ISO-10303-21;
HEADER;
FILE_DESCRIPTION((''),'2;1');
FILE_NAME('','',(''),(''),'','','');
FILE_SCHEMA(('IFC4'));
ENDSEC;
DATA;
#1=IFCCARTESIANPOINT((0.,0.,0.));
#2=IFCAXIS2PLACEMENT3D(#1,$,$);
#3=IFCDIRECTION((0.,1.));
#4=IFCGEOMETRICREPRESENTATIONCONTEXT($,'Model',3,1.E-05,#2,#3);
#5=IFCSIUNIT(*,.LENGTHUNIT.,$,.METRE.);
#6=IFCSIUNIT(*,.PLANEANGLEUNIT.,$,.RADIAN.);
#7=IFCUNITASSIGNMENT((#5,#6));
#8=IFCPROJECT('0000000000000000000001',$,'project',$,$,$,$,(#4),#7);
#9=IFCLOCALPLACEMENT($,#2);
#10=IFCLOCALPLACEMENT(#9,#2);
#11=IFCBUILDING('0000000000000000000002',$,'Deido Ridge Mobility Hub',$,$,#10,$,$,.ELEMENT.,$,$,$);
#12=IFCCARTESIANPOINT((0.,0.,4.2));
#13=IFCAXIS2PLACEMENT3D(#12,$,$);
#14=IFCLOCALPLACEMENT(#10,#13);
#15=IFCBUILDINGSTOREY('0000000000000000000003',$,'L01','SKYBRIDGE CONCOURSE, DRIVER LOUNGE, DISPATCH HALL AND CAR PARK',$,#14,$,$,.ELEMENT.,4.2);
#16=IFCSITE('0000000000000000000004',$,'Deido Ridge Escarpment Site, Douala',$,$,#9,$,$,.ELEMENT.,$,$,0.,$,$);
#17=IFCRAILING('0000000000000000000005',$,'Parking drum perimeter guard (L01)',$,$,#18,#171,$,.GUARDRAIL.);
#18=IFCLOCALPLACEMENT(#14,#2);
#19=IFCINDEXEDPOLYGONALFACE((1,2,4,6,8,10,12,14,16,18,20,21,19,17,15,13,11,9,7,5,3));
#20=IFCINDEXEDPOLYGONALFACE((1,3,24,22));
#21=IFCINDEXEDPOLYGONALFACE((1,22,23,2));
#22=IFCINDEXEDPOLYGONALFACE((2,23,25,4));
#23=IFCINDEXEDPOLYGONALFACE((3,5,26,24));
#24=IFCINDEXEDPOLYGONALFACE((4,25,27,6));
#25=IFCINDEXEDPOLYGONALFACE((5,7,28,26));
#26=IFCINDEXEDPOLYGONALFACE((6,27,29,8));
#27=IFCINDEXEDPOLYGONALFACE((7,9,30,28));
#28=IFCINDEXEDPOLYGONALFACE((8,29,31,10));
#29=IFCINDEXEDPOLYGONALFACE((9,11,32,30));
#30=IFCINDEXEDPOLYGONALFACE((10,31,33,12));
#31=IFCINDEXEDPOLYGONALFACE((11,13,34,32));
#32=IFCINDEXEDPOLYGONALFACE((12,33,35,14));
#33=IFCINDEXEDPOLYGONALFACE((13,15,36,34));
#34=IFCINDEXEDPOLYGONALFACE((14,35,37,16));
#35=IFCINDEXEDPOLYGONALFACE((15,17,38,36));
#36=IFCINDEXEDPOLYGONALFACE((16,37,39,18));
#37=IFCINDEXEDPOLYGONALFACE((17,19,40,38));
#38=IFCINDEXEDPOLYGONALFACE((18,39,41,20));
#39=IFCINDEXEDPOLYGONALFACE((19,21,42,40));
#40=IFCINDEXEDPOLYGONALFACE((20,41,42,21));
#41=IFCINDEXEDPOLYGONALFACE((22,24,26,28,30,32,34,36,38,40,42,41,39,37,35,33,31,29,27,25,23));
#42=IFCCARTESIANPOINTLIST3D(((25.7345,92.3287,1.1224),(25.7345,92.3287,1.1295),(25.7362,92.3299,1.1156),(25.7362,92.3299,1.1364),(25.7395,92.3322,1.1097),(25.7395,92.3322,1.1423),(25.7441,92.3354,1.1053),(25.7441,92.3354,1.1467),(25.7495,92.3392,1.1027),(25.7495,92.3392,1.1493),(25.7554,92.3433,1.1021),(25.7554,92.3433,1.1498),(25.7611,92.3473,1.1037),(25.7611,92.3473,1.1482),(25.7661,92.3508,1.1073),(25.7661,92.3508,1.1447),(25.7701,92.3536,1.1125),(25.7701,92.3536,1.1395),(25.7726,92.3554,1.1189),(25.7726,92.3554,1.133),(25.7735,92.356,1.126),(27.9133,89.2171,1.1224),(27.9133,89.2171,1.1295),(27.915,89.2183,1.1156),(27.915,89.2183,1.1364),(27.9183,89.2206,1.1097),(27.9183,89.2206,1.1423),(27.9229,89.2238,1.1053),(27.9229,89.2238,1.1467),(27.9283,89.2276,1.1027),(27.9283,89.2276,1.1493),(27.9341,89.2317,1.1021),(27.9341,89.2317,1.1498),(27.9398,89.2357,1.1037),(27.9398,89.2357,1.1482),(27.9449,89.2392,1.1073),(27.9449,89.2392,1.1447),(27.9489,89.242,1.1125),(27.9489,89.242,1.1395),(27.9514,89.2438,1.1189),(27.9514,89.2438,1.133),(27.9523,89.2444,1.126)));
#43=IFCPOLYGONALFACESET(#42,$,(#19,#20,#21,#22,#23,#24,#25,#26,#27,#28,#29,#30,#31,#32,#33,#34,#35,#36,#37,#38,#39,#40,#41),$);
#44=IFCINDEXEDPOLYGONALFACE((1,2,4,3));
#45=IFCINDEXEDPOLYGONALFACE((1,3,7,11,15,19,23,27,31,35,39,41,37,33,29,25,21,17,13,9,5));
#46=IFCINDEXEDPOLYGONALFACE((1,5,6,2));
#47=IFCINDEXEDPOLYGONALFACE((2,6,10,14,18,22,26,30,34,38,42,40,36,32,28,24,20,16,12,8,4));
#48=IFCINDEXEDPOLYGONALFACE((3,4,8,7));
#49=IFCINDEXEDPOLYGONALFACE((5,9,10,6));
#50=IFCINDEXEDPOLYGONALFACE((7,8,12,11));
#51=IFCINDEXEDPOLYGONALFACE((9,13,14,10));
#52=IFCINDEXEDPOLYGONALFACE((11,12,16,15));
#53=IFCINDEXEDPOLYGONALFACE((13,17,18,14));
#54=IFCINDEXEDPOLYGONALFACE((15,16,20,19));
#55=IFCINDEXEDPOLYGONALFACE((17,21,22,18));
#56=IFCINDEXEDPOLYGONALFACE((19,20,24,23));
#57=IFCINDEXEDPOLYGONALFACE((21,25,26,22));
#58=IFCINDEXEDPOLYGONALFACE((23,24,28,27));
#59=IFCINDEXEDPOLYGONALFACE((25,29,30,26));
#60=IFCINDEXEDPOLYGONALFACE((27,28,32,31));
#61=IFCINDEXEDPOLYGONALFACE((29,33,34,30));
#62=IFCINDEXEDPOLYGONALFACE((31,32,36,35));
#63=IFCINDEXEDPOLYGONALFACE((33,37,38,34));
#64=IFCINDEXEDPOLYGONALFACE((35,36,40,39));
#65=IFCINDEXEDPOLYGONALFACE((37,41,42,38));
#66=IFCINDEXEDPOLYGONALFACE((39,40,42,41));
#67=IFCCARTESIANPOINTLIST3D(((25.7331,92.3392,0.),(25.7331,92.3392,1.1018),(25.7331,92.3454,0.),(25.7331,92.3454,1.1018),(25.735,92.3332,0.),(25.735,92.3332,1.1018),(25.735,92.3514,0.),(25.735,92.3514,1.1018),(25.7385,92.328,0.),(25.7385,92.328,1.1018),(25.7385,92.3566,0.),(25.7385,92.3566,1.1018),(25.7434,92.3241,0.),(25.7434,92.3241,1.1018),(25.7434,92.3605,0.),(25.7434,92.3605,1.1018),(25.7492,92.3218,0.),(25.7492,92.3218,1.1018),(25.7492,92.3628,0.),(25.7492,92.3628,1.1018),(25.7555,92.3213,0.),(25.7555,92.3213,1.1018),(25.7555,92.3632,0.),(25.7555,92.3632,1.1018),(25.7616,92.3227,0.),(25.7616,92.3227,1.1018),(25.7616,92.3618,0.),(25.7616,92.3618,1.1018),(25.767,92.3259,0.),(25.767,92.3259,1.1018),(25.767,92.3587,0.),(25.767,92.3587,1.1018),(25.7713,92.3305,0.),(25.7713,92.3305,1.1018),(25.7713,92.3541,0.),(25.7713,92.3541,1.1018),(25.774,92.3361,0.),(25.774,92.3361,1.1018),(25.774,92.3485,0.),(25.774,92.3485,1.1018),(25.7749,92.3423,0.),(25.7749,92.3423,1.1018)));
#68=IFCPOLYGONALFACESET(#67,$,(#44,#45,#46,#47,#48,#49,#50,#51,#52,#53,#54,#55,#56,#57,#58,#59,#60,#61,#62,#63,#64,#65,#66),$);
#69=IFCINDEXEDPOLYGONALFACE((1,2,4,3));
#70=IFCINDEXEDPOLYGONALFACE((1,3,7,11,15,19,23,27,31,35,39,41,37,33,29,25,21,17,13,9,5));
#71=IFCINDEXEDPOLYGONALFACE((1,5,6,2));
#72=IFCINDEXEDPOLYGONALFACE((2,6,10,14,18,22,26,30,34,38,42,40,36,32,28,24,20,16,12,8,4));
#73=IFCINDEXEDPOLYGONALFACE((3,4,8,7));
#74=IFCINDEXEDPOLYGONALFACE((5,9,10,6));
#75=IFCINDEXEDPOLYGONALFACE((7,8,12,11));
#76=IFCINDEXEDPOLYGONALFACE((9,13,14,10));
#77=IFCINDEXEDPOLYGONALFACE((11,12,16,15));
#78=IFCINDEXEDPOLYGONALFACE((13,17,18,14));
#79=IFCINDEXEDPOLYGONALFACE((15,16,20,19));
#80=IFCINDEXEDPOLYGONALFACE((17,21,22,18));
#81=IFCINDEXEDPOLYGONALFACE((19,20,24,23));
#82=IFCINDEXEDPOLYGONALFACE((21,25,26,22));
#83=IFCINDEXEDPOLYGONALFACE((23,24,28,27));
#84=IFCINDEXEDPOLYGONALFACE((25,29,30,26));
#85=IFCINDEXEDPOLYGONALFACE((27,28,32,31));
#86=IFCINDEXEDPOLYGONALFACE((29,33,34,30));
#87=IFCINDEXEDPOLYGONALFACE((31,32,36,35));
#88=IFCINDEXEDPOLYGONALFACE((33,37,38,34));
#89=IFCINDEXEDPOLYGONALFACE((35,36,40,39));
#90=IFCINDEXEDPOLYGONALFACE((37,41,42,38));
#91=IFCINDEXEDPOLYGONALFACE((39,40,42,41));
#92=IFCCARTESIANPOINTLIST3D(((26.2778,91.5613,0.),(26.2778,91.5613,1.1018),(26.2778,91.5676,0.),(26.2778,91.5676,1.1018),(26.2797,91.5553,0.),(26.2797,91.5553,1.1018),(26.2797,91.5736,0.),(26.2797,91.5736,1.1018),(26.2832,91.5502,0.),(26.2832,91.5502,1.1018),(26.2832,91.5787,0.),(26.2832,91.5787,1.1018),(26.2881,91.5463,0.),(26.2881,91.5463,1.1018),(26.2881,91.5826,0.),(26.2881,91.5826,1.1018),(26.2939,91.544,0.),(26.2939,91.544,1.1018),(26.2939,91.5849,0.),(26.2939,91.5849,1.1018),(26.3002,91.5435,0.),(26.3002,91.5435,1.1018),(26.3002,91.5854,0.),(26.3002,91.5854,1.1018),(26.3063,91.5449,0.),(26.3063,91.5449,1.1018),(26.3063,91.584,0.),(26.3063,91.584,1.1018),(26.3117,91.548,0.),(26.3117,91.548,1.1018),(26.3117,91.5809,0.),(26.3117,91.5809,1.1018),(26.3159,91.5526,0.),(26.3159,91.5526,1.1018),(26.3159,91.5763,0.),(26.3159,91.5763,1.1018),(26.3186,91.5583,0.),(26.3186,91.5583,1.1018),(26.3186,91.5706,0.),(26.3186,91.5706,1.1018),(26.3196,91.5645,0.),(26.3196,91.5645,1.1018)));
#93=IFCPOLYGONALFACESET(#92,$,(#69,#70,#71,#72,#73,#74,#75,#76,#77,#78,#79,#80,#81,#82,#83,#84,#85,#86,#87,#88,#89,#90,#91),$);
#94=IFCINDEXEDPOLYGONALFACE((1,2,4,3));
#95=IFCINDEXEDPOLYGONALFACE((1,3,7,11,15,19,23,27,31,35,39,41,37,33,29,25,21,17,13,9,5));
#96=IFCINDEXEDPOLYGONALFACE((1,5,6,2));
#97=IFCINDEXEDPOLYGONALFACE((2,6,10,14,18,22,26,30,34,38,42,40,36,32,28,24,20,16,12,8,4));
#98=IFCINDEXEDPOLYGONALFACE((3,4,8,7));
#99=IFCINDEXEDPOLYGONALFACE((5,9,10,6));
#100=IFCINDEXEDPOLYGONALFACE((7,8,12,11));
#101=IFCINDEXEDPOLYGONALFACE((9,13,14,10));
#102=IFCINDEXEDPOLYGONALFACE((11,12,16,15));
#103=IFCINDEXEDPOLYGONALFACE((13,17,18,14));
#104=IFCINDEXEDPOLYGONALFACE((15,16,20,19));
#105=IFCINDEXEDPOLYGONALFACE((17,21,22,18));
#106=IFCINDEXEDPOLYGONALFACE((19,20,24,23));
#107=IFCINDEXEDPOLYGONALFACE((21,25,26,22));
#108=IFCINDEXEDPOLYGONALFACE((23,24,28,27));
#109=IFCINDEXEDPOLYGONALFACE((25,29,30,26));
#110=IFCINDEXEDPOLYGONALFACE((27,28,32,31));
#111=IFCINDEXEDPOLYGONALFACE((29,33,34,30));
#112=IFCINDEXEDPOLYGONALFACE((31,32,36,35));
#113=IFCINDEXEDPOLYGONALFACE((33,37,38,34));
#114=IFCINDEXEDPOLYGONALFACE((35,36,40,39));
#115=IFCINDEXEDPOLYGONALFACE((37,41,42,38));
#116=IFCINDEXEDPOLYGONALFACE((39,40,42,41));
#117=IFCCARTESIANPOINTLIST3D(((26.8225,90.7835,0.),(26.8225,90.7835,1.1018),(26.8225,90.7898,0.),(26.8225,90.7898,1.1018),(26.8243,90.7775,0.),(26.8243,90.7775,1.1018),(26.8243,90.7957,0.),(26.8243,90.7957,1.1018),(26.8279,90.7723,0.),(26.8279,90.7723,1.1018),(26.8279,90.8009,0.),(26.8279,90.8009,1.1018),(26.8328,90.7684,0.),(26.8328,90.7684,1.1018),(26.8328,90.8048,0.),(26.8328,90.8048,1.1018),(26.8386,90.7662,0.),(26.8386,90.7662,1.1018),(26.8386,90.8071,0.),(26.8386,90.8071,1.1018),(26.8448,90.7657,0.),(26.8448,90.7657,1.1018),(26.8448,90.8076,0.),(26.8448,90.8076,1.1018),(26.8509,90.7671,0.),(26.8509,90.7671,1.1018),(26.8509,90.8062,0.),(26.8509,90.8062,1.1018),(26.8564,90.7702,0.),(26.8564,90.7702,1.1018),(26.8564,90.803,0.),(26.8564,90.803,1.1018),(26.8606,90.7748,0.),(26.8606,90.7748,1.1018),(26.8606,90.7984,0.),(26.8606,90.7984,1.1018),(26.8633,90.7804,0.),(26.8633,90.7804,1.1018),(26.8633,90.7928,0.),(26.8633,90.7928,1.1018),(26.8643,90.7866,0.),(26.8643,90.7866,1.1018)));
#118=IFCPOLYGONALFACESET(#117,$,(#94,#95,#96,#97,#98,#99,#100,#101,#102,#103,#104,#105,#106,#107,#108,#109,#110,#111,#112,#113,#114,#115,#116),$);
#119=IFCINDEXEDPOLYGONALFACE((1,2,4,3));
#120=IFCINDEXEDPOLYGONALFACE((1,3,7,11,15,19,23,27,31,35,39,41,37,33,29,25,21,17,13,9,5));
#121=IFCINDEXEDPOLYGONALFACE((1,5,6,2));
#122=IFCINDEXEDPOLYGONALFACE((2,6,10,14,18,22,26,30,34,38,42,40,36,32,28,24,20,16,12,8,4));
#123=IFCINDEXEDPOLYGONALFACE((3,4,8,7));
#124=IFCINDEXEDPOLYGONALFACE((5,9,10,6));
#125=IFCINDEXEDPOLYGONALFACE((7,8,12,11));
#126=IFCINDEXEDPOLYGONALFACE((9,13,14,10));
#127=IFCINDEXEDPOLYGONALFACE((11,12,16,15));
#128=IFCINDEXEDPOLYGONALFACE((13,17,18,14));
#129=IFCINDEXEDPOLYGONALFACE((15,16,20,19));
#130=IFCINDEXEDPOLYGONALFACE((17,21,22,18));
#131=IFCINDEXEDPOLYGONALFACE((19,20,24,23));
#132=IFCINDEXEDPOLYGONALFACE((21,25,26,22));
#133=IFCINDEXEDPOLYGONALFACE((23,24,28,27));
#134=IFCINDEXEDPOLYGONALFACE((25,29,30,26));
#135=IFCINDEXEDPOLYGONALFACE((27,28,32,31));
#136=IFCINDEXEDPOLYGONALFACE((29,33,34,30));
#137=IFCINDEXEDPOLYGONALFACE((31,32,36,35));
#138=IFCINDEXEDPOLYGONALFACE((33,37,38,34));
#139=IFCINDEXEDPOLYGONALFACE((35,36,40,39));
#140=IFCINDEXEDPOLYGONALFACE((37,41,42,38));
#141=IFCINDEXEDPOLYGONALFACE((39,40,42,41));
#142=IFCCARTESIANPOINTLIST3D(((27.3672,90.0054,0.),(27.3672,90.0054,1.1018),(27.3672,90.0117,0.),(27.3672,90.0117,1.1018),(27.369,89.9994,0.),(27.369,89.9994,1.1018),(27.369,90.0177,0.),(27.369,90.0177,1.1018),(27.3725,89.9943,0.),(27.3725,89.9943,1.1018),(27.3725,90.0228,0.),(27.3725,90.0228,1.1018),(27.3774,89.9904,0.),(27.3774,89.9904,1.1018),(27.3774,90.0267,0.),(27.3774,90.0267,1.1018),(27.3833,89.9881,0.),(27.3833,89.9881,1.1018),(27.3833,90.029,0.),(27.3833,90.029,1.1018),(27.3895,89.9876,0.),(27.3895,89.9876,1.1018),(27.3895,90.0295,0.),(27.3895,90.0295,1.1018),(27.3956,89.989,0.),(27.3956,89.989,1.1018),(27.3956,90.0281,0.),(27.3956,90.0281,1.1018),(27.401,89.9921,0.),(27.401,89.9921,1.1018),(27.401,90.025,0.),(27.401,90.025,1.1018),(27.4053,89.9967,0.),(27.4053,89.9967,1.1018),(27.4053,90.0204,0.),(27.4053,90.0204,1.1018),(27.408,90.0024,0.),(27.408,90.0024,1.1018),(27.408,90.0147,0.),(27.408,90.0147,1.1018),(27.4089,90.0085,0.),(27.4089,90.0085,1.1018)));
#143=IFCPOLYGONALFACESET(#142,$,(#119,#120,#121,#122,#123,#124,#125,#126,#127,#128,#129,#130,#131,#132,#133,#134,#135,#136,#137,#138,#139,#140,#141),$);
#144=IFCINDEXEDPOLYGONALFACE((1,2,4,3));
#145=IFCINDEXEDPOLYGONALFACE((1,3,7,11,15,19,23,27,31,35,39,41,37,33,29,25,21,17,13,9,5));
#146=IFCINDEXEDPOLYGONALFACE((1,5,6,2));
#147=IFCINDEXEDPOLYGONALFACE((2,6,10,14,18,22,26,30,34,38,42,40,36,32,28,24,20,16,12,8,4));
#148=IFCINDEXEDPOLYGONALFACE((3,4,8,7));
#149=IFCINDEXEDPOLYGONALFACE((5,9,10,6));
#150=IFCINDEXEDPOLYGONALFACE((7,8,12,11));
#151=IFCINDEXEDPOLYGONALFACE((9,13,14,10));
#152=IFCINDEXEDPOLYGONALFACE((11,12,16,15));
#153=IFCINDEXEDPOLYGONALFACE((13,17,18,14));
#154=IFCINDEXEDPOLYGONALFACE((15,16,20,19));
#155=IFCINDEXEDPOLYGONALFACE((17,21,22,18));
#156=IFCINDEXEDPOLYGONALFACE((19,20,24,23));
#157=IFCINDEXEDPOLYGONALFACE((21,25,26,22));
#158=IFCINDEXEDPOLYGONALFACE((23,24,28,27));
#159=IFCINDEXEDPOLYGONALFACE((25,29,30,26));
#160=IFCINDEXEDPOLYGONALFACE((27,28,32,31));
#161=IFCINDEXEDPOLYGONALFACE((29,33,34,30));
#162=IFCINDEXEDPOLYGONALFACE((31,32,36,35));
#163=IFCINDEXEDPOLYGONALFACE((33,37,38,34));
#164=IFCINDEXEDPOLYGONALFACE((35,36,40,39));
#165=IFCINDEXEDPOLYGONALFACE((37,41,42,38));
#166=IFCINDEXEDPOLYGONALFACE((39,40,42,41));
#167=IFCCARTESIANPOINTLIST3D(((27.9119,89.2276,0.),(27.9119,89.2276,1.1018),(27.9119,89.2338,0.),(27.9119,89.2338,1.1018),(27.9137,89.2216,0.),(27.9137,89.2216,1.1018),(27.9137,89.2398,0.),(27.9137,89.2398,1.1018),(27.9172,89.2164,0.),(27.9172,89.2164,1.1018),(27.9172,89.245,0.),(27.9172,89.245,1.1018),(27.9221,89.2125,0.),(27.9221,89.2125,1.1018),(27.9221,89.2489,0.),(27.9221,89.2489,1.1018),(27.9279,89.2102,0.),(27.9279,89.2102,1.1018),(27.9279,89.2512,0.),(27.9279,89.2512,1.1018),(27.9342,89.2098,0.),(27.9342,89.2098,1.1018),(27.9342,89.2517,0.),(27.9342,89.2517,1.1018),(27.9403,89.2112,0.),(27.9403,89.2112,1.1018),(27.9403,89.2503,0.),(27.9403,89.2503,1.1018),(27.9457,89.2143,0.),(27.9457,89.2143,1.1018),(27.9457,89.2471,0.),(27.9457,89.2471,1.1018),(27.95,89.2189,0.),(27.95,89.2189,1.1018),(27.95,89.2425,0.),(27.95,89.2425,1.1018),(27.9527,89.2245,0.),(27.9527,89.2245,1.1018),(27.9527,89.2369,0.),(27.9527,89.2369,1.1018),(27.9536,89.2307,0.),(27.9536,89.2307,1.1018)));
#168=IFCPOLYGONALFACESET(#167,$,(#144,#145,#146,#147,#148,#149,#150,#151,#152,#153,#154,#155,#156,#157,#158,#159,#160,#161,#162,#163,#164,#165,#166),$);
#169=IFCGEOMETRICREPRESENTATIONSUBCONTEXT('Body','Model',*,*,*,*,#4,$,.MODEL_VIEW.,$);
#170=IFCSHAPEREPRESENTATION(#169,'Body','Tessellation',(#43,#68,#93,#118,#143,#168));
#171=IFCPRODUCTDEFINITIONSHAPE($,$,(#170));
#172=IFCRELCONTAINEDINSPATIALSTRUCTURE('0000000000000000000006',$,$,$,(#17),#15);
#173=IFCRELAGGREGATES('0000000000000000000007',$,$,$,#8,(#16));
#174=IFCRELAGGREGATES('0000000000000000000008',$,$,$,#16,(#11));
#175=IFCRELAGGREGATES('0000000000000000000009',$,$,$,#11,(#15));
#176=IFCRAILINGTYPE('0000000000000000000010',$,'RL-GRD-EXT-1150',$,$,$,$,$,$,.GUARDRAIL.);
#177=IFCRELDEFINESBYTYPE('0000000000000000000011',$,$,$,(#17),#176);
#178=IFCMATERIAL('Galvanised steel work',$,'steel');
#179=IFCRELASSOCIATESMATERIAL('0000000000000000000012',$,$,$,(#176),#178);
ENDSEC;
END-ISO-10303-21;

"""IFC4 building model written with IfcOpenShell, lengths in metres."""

from ifc_helpers import new_model, si_unit, direction, frame, origin, origin_2d, place, context, subcontext, project, spatial, circle, extrude, material, type_object, element, save


model = new_model("IFC4")

# Units and contexts
model_context = context("Model", 3, precision=1e-05, world=origin(), true_north=direction((0.0, 1.0)))
body_context = subcontext(model_context, "Body", "Model", "MODEL_VIEW")
ifc_project = project(units=[si_unit("LENGTHUNIT", "METRE"), si_unit("PLANEANGLEUNIT", "RADIAN")], contexts=[model_context])

# Site, building, storey
site_placement = place(None, origin())
site = spatial("IfcSite", under=ifc_project, at=site_placement, Name="Deido Ridge Escarpment Site, Douala", CompositionType="ELEMENT", RefElevation=0.0)
building_placement = place(site_placement, origin())
building = spatial("IfcBuilding", under=site, at=building_placement, Name="Deido Ridge Mobility Hub", CompositionType="ELEMENT")
storey_placement = place(building_placement, frame((0.0, 0.0, 4.2)))
storey = spatial("IfcBuildingStorey", under=building, at=storey_placement, Name="L01", Description="SKYBRIDGE CONCOURSE, DRIVER LOUNGE, DISPATCH HALL AND CAR PARK", CompositionType="ELEMENT", Elevation=4.2)

# Railing
ifc_material_1 = material(Name="Galvanised steel work", Category="steel")
railing_type = type_object("IfcRailingType", Name="RL-GRD-EXT-1150", PredefinedType="GUARDRAIL", material=ifc_material_1)
railing_1_placement = place(storey_placement, frame((25.7539, 92.3423, 0.0)))
element("IfcRailing", 1, at=railing_1_placement, inside=storey, type_object=railing_type, Name="Parking drum perimeter guard (L01)", PredefinedType="GUARDRAIL", context=body_context, shape_type="SweptSolid", body=[
    extrude(circle(Radius=0.0239, at=origin_2d()), frame((0.0, 0.0, 1.126), z_axis=(0.57357, -0.819156, 0.0), x_axis=(0.819156, 0.57357, 0.0)), (0.0, 0.0, 1.0), 3.7986),
    extrude(circle(Radius=0.021, at=origin_2d()), origin(), (0.0, 0.0, 1.0), 1.1018),
    extrude(circle(Radius=0.021, at=origin_2d()), frame((0.5447, -0.7778, 0.0)), (0.0, 0.0, 1.0), 1.1018),
    extrude(circle(Radius=0.021, at=origin_2d()), frame((1.0894, -1.5557, 0.0)), (0.0, 0.0, 1.0), 1.1018),
    extrude(circle(Radius=0.021, at=origin_2d()), frame((1.634, -2.3337, 0.0)), (0.0, 0.0, 1.0), 1.1018),
    extrude(circle(Radius=0.021, at=origin_2d()), frame((2.1787, -3.1116, 0.0)), (0.0, 0.0, 1.0), 1.1018),
])

save(model, "model.ifc")
